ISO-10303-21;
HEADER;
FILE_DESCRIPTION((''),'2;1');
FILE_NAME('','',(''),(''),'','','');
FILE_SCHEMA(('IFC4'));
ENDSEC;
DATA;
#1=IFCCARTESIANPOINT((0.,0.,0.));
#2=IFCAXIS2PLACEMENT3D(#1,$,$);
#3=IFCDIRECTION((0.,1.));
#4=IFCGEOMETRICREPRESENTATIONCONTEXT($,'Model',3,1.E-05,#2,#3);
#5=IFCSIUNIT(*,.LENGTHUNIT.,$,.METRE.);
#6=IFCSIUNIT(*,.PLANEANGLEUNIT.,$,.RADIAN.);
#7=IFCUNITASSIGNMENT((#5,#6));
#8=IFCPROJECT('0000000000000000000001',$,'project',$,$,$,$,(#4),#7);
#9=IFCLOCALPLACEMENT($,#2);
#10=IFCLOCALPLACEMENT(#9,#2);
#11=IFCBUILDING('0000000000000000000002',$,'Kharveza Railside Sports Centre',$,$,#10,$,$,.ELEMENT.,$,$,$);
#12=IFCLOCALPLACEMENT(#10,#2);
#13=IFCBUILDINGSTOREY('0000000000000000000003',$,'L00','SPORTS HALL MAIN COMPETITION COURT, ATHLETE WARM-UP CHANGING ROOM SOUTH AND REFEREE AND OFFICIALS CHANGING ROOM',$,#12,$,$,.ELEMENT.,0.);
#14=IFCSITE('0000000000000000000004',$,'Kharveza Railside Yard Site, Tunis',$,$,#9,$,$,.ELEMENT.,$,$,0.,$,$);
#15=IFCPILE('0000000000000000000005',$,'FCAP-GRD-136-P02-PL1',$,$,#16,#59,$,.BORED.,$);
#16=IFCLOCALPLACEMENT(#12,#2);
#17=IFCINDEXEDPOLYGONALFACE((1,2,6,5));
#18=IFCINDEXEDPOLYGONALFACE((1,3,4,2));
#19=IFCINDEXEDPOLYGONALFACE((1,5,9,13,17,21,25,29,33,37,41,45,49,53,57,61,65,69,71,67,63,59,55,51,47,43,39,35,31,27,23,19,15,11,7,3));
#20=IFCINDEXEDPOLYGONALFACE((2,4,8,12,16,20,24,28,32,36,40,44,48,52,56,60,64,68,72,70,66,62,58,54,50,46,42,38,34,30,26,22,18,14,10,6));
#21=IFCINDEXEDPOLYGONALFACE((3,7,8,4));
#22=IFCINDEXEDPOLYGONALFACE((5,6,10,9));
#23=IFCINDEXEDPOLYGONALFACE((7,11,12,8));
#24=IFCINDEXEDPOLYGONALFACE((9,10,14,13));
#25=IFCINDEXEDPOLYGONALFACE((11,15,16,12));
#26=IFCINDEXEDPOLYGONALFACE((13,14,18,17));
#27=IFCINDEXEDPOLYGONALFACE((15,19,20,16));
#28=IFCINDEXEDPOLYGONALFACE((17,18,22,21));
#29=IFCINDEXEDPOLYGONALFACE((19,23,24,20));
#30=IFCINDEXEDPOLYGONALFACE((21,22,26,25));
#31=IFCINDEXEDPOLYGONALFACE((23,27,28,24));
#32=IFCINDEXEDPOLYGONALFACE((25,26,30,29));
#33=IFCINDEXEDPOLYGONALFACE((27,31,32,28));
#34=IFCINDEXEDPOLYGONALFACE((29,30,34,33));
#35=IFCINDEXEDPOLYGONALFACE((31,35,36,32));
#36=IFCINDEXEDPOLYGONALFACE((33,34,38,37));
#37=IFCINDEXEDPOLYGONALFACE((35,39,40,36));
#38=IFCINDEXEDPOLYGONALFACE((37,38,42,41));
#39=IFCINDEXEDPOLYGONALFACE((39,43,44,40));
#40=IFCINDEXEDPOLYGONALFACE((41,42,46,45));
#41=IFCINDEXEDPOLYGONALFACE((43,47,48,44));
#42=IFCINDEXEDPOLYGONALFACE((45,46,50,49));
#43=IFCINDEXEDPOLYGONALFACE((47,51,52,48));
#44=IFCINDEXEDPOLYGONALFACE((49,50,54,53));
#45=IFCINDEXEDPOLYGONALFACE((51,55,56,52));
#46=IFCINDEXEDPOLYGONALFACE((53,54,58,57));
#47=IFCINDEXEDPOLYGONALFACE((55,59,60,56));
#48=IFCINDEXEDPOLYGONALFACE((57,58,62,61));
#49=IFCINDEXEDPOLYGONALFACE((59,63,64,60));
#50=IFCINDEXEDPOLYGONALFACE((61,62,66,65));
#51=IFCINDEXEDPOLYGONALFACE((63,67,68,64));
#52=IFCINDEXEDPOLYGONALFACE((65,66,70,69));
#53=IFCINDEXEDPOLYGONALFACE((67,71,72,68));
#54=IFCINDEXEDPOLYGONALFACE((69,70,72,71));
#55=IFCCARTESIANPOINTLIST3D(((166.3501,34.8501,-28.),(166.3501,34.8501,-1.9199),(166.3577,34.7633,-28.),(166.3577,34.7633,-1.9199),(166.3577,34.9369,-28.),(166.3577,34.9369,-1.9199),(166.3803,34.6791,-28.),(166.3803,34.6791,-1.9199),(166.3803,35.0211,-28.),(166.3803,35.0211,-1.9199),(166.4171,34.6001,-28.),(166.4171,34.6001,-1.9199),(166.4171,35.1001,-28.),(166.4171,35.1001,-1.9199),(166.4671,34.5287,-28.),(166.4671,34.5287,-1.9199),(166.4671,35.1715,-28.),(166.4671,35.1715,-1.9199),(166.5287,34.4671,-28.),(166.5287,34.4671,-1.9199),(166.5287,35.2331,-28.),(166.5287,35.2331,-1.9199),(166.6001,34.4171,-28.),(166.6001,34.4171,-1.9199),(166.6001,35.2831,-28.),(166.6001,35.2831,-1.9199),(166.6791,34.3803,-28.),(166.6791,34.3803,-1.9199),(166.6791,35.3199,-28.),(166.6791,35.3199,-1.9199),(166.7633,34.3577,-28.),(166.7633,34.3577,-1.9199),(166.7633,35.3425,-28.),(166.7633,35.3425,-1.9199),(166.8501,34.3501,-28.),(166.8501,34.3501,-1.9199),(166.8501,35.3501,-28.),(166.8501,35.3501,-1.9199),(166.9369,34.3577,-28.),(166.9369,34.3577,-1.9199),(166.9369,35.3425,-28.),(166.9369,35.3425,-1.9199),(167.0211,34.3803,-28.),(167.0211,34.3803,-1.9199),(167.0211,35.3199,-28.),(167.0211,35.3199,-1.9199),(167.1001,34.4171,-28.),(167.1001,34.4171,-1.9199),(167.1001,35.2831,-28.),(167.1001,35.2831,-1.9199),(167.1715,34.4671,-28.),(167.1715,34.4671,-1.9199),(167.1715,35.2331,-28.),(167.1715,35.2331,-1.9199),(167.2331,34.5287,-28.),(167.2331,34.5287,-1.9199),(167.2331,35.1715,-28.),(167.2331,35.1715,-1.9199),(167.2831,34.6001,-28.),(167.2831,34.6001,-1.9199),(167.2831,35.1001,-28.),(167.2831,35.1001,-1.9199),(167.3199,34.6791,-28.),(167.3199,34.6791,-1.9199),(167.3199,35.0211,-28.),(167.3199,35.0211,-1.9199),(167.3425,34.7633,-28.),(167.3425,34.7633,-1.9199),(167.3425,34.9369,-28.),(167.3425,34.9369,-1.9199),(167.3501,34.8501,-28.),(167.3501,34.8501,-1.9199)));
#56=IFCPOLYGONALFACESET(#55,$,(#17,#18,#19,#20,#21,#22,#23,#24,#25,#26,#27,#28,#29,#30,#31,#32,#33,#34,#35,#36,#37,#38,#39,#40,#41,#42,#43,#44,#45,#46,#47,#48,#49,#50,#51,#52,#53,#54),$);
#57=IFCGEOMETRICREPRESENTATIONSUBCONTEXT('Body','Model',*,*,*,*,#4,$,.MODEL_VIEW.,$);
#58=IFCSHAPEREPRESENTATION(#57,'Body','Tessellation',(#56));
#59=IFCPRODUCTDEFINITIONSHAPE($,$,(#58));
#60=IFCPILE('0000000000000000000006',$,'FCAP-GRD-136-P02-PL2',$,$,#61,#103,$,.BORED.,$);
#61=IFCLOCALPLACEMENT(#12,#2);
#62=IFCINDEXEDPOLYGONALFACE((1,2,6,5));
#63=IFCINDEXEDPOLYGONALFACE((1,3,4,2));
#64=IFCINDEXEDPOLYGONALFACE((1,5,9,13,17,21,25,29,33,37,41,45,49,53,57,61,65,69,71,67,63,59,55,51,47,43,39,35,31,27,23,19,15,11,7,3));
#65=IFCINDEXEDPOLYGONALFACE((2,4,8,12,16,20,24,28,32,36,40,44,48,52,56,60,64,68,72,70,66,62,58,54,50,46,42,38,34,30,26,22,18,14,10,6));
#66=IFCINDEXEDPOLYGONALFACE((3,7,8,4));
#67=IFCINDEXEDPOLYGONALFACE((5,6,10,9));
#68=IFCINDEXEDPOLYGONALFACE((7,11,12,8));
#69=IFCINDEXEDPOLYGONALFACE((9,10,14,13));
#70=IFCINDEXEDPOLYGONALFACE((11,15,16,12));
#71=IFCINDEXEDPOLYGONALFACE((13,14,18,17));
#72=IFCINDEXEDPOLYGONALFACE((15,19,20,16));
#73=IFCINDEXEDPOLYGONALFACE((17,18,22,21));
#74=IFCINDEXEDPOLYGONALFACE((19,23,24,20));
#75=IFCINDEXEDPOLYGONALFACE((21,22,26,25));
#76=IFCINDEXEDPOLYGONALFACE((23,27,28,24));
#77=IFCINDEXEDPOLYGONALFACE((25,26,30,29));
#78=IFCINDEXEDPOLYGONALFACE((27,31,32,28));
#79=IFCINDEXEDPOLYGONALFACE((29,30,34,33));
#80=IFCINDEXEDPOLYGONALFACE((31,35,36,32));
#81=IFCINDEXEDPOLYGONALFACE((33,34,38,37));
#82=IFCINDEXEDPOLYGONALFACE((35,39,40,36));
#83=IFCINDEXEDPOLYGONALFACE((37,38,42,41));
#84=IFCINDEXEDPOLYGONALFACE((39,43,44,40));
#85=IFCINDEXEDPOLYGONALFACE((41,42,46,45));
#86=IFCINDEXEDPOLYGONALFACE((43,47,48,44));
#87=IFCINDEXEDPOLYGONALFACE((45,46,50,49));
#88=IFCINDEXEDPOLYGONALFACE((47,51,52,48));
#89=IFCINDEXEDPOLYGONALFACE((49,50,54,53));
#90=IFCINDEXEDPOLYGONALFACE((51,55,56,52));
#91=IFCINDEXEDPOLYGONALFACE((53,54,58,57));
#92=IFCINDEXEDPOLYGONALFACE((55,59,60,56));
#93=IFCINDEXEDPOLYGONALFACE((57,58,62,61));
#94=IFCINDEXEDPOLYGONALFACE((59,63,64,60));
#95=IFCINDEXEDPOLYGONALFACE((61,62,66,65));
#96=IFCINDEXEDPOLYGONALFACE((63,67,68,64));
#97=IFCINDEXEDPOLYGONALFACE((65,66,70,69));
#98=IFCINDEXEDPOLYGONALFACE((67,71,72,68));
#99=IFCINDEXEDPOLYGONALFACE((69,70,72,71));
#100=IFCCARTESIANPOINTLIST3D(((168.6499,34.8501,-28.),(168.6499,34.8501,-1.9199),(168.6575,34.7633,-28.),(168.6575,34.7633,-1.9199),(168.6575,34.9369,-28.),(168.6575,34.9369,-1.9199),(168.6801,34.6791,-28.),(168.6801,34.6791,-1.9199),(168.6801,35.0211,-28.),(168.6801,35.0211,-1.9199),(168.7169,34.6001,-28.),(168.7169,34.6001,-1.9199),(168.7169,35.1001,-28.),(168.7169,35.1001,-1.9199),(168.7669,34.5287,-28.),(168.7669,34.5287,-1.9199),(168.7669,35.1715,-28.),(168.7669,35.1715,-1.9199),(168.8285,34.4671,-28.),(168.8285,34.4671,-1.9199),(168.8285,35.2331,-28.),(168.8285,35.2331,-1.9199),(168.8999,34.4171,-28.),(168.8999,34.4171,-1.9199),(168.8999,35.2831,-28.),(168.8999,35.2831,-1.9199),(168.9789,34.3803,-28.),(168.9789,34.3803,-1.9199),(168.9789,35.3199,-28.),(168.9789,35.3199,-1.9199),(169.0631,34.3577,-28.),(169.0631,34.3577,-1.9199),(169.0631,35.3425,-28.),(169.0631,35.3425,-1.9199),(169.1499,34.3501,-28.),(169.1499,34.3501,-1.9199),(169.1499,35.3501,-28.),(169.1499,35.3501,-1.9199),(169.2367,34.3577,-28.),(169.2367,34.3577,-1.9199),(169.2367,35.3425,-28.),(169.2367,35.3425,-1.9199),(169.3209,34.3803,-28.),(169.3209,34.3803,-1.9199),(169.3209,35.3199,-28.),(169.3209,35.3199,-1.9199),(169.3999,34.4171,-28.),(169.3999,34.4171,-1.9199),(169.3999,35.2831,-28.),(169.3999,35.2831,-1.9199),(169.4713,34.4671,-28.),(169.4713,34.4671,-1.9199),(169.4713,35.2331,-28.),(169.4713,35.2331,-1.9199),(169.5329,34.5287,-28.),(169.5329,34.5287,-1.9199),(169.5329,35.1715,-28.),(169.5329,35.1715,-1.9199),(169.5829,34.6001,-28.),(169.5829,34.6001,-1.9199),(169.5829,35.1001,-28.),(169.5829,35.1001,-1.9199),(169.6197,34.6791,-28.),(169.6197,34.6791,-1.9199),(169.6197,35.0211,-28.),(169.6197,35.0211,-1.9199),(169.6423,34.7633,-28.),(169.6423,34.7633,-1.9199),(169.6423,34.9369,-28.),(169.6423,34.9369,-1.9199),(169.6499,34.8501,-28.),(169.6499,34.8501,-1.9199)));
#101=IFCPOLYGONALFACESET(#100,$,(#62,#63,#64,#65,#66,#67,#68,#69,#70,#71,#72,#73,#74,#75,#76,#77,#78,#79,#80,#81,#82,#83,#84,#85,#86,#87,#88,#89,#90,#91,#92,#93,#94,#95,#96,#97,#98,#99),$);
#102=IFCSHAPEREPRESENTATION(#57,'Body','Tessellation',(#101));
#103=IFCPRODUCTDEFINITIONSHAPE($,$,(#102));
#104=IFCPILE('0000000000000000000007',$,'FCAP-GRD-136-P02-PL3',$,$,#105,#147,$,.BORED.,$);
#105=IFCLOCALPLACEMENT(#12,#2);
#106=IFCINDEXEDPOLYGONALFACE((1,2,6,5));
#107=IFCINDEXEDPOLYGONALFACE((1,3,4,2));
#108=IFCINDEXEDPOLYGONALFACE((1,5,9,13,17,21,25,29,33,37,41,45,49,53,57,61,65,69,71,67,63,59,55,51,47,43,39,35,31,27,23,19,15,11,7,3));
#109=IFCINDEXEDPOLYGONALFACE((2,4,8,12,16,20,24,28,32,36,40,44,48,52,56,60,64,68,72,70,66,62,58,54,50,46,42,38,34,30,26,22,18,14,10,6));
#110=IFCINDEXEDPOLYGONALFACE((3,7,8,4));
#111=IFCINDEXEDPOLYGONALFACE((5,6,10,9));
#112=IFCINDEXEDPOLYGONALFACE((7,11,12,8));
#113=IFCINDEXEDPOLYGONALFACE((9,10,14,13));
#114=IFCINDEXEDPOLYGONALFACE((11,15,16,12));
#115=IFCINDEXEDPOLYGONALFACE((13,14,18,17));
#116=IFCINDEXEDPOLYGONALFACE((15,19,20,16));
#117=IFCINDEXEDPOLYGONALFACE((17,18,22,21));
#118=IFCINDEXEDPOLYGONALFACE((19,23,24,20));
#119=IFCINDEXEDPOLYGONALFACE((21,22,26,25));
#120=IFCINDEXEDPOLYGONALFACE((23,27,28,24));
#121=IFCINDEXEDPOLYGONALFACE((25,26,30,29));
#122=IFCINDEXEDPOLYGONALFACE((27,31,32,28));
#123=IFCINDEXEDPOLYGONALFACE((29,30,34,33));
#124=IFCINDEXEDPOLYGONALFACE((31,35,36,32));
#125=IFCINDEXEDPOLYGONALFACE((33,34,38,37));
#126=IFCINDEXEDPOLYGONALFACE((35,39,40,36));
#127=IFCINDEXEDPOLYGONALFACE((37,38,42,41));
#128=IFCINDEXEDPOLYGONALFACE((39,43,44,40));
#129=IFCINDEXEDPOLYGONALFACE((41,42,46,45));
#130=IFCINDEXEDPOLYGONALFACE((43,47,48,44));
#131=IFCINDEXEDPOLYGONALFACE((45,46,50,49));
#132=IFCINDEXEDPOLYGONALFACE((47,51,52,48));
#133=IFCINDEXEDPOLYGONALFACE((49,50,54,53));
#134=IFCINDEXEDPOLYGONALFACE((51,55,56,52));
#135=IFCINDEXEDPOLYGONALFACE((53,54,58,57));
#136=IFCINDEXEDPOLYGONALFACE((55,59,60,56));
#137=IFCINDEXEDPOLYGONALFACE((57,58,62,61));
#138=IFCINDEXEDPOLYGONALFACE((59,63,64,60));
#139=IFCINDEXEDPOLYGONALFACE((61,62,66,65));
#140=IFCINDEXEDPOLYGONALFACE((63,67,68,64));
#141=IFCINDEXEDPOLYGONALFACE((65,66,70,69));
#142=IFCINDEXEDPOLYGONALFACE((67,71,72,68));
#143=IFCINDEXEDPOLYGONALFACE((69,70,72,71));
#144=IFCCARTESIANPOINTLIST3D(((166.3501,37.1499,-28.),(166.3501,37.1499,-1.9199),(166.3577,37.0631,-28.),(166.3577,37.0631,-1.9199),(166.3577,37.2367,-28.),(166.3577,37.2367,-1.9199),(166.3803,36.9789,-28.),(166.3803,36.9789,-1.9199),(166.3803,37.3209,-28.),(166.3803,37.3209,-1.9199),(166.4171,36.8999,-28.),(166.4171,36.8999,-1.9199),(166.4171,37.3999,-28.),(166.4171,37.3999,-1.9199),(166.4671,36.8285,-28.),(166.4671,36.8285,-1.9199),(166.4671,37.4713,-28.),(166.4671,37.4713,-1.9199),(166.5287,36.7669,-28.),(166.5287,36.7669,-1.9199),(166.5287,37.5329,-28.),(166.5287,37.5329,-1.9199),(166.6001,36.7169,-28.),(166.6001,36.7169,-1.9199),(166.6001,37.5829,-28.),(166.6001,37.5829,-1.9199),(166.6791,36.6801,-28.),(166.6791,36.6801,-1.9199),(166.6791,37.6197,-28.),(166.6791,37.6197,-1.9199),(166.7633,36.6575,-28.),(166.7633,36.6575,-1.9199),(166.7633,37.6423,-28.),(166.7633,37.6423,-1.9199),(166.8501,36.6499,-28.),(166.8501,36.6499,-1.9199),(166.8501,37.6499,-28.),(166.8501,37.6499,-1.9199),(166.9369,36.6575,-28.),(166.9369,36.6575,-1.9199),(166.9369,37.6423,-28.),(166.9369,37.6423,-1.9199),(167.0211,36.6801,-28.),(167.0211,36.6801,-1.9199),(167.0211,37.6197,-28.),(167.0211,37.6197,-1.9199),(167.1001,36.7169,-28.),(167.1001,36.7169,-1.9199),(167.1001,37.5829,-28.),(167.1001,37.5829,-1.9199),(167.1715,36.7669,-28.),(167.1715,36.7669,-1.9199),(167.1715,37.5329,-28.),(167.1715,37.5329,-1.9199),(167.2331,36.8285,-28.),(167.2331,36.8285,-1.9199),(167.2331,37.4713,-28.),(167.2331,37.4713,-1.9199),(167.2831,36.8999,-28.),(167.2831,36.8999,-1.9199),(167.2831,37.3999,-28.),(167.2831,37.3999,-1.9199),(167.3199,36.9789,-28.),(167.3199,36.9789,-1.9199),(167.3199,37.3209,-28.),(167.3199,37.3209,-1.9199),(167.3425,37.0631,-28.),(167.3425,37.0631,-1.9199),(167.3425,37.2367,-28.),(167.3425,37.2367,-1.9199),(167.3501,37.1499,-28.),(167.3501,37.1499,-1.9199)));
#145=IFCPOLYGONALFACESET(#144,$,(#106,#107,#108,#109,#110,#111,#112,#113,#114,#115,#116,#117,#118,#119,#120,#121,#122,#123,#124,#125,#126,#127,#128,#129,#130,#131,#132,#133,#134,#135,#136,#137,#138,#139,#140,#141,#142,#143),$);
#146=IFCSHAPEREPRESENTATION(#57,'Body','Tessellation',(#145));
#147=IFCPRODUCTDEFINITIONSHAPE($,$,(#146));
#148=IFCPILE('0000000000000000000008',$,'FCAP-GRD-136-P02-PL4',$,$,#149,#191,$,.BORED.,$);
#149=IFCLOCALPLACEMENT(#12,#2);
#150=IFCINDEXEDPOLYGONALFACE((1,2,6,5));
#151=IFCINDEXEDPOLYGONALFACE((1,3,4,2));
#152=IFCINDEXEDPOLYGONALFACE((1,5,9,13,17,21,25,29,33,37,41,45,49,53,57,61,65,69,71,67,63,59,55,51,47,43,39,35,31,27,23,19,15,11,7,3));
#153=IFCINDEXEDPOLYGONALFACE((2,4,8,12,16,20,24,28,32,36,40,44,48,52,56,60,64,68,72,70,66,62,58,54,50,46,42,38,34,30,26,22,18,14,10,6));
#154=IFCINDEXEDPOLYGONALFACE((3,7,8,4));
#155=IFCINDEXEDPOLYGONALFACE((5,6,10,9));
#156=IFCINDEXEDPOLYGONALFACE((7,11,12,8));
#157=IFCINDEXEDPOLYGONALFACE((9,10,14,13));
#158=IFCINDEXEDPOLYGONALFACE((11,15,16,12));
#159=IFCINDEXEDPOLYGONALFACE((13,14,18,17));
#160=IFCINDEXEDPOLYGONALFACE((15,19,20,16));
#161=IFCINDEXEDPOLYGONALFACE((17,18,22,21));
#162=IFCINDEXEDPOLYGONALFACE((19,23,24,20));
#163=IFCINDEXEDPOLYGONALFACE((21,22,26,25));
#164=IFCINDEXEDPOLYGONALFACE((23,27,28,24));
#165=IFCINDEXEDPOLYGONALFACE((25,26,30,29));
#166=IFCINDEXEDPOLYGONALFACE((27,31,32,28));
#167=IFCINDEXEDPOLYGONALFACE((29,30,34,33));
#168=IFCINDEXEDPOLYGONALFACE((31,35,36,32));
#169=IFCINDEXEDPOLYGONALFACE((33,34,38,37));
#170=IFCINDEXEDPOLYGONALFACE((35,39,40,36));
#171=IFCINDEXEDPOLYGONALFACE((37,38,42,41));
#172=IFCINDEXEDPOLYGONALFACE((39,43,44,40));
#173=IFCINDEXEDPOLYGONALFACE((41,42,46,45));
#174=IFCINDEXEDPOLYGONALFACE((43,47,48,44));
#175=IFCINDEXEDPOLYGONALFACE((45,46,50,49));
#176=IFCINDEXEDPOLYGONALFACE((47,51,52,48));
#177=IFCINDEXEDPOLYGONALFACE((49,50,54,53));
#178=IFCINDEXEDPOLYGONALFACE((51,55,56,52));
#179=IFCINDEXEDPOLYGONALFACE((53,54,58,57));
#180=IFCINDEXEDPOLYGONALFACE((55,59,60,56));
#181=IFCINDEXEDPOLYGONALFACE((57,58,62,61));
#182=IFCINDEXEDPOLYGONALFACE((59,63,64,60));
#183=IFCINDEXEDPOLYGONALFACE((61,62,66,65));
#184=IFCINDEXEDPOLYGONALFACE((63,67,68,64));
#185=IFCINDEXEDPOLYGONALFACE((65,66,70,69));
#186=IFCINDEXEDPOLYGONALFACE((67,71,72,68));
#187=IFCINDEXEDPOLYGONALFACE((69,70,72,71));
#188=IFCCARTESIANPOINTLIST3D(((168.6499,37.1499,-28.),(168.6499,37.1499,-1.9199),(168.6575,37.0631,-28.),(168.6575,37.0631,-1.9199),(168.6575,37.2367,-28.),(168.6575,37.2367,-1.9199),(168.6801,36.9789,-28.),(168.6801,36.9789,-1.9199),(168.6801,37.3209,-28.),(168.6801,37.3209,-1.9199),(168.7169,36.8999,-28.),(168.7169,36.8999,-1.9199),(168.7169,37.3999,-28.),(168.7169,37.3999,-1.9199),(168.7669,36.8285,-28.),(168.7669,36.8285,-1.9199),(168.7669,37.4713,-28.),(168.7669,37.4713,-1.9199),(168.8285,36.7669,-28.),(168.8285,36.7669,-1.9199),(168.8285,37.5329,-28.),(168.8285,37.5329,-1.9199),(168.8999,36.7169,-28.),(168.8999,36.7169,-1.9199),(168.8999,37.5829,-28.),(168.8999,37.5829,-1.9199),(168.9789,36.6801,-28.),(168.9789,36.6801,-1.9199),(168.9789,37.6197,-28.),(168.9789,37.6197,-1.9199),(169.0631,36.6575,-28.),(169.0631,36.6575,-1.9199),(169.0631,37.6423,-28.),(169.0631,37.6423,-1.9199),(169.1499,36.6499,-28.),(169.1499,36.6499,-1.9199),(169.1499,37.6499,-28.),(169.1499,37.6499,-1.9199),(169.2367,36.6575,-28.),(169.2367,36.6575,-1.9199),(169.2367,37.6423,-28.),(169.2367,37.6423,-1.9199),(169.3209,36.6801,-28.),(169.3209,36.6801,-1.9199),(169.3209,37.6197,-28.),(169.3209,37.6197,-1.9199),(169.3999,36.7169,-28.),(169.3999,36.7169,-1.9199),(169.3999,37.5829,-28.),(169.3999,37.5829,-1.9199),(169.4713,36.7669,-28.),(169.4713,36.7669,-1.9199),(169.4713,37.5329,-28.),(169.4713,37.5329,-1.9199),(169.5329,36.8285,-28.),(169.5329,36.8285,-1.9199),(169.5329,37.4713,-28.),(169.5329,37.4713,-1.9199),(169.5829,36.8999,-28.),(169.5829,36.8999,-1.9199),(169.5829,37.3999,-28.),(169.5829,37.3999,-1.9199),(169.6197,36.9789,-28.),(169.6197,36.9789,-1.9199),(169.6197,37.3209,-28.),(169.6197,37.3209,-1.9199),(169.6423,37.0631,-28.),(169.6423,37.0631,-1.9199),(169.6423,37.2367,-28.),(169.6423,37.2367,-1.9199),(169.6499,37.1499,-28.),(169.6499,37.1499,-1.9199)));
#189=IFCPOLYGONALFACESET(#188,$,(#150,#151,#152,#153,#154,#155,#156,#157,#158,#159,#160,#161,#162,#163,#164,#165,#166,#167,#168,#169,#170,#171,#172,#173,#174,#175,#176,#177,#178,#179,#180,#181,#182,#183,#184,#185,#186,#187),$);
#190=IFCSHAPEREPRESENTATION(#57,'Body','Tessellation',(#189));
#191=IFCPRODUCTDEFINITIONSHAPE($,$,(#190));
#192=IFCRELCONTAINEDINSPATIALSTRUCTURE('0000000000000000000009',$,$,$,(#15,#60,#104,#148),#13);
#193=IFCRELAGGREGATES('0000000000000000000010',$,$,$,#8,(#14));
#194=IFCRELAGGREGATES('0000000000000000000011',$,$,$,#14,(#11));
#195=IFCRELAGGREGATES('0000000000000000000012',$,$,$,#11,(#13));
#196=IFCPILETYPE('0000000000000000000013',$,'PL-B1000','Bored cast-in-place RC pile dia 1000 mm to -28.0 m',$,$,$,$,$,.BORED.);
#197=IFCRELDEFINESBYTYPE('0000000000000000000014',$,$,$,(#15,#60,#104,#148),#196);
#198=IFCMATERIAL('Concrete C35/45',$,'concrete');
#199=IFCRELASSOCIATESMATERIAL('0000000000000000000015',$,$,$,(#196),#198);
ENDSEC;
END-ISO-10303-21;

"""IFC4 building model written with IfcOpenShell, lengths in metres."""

from ifc_helpers import new_model, si_unit, direction, frame, origin, origin_2d, place, context, subcontext, project, spatial, circle, extrude, material, material_profile, profile_set, type_object, element, save


model = new_model("IFC4")

# Units and contexts
model_context = context("Model", 3, precision=1e-05, world=origin(), true_north=direction((0.0, 1.0)))
body_context = subcontext(model_context, "Body", "Model", "MODEL_VIEW")
ifc_project = project(units=[si_unit("LENGTHUNIT", "METRE"), si_unit("PLANEANGLEUNIT", "RADIAN")], contexts=[model_context])

# Site, building, storey
site_placement = place(None, origin())
site = spatial("IfcSite", under=ifc_project, at=site_placement, Name="Kharveza Railside Yard Site, Tunis", CompositionType="ELEMENT", RefElevation=0.0)
building_placement = place(site_placement, origin())
building = spatial("IfcBuilding", under=site, at=building_placement, Name="Kharveza Railside Sports Centre", CompositionType="ELEMENT")
storey_placement = place(building_placement, origin())
storey = spatial("IfcBuildingStorey", under=building, at=storey_placement, Name="L00", Description="SPORTS HALL MAIN COMPETITION COURT, ATHLETE WARM-UP CHANGING ROOM SOUTH AND REFEREE AND OFFICIALS CHANGING ROOM", CompositionType="ELEMENT", Elevation=0.0)

# Shared definitions
ifc_material_1 = material(Name="Concrete C35/45", Category="concrete")

# Piles
ifc_material_profile_1 = material_profile(ifc_material_1, circle(Radius=0.5, at=origin_2d()), Name="PILE D1000")
ifc_profile_set_1 = profile_set([ifc_material_profile_1], Name="Concrete C35/45")
pile_type_1 = type_object("IfcPileType", Name="PL-B1000", Description="Bored cast-in-place RC pile dia 1000 mm to -28.0 m", PredefinedType="BORED", material=ifc_profile_set_1)
for number, where, z_axis, x_axis, name in (
    (1, (166.8501, 34.8501, -1.9199), (0.0, 0.0, -1.0), (1.0, 0.0, 0.0), "FCAP-GRD-136-P02-PL1"),
    (2, (169.1499, 34.8501, -1.9199), (0.0, 0.0, -1.0), (1.0, 0.0, 0.0), "FCAP-GRD-136-P02-PL2"),
    (3, (166.8501, 37.1499, -1.9199), (0.0, 0.0, -1.0), (1.0, 0.0, 0.0), "FCAP-GRD-136-P02-PL3"),
    (4, (169.1499, 37.1499, -1.9199), (0.0, 0.0, -1.0), (1.0, 0.0, 0.0), "FCAP-GRD-136-P02-PL4"),
):
    element("IfcPile", number, at=place(storey_placement, frame(where, z_axis=z_axis, x_axis=x_axis)), inside=storey, type_object=pile_type_1, Name=name, PredefinedType="BORED", context=body_context, shape_type="SweptSolid", body=[
        extrude(circle(Radius=0.5, at=origin_2d()), origin(), (0.0, 0.0, 1.0), 26.0801),
    ])

save(model, "model.ifc")
